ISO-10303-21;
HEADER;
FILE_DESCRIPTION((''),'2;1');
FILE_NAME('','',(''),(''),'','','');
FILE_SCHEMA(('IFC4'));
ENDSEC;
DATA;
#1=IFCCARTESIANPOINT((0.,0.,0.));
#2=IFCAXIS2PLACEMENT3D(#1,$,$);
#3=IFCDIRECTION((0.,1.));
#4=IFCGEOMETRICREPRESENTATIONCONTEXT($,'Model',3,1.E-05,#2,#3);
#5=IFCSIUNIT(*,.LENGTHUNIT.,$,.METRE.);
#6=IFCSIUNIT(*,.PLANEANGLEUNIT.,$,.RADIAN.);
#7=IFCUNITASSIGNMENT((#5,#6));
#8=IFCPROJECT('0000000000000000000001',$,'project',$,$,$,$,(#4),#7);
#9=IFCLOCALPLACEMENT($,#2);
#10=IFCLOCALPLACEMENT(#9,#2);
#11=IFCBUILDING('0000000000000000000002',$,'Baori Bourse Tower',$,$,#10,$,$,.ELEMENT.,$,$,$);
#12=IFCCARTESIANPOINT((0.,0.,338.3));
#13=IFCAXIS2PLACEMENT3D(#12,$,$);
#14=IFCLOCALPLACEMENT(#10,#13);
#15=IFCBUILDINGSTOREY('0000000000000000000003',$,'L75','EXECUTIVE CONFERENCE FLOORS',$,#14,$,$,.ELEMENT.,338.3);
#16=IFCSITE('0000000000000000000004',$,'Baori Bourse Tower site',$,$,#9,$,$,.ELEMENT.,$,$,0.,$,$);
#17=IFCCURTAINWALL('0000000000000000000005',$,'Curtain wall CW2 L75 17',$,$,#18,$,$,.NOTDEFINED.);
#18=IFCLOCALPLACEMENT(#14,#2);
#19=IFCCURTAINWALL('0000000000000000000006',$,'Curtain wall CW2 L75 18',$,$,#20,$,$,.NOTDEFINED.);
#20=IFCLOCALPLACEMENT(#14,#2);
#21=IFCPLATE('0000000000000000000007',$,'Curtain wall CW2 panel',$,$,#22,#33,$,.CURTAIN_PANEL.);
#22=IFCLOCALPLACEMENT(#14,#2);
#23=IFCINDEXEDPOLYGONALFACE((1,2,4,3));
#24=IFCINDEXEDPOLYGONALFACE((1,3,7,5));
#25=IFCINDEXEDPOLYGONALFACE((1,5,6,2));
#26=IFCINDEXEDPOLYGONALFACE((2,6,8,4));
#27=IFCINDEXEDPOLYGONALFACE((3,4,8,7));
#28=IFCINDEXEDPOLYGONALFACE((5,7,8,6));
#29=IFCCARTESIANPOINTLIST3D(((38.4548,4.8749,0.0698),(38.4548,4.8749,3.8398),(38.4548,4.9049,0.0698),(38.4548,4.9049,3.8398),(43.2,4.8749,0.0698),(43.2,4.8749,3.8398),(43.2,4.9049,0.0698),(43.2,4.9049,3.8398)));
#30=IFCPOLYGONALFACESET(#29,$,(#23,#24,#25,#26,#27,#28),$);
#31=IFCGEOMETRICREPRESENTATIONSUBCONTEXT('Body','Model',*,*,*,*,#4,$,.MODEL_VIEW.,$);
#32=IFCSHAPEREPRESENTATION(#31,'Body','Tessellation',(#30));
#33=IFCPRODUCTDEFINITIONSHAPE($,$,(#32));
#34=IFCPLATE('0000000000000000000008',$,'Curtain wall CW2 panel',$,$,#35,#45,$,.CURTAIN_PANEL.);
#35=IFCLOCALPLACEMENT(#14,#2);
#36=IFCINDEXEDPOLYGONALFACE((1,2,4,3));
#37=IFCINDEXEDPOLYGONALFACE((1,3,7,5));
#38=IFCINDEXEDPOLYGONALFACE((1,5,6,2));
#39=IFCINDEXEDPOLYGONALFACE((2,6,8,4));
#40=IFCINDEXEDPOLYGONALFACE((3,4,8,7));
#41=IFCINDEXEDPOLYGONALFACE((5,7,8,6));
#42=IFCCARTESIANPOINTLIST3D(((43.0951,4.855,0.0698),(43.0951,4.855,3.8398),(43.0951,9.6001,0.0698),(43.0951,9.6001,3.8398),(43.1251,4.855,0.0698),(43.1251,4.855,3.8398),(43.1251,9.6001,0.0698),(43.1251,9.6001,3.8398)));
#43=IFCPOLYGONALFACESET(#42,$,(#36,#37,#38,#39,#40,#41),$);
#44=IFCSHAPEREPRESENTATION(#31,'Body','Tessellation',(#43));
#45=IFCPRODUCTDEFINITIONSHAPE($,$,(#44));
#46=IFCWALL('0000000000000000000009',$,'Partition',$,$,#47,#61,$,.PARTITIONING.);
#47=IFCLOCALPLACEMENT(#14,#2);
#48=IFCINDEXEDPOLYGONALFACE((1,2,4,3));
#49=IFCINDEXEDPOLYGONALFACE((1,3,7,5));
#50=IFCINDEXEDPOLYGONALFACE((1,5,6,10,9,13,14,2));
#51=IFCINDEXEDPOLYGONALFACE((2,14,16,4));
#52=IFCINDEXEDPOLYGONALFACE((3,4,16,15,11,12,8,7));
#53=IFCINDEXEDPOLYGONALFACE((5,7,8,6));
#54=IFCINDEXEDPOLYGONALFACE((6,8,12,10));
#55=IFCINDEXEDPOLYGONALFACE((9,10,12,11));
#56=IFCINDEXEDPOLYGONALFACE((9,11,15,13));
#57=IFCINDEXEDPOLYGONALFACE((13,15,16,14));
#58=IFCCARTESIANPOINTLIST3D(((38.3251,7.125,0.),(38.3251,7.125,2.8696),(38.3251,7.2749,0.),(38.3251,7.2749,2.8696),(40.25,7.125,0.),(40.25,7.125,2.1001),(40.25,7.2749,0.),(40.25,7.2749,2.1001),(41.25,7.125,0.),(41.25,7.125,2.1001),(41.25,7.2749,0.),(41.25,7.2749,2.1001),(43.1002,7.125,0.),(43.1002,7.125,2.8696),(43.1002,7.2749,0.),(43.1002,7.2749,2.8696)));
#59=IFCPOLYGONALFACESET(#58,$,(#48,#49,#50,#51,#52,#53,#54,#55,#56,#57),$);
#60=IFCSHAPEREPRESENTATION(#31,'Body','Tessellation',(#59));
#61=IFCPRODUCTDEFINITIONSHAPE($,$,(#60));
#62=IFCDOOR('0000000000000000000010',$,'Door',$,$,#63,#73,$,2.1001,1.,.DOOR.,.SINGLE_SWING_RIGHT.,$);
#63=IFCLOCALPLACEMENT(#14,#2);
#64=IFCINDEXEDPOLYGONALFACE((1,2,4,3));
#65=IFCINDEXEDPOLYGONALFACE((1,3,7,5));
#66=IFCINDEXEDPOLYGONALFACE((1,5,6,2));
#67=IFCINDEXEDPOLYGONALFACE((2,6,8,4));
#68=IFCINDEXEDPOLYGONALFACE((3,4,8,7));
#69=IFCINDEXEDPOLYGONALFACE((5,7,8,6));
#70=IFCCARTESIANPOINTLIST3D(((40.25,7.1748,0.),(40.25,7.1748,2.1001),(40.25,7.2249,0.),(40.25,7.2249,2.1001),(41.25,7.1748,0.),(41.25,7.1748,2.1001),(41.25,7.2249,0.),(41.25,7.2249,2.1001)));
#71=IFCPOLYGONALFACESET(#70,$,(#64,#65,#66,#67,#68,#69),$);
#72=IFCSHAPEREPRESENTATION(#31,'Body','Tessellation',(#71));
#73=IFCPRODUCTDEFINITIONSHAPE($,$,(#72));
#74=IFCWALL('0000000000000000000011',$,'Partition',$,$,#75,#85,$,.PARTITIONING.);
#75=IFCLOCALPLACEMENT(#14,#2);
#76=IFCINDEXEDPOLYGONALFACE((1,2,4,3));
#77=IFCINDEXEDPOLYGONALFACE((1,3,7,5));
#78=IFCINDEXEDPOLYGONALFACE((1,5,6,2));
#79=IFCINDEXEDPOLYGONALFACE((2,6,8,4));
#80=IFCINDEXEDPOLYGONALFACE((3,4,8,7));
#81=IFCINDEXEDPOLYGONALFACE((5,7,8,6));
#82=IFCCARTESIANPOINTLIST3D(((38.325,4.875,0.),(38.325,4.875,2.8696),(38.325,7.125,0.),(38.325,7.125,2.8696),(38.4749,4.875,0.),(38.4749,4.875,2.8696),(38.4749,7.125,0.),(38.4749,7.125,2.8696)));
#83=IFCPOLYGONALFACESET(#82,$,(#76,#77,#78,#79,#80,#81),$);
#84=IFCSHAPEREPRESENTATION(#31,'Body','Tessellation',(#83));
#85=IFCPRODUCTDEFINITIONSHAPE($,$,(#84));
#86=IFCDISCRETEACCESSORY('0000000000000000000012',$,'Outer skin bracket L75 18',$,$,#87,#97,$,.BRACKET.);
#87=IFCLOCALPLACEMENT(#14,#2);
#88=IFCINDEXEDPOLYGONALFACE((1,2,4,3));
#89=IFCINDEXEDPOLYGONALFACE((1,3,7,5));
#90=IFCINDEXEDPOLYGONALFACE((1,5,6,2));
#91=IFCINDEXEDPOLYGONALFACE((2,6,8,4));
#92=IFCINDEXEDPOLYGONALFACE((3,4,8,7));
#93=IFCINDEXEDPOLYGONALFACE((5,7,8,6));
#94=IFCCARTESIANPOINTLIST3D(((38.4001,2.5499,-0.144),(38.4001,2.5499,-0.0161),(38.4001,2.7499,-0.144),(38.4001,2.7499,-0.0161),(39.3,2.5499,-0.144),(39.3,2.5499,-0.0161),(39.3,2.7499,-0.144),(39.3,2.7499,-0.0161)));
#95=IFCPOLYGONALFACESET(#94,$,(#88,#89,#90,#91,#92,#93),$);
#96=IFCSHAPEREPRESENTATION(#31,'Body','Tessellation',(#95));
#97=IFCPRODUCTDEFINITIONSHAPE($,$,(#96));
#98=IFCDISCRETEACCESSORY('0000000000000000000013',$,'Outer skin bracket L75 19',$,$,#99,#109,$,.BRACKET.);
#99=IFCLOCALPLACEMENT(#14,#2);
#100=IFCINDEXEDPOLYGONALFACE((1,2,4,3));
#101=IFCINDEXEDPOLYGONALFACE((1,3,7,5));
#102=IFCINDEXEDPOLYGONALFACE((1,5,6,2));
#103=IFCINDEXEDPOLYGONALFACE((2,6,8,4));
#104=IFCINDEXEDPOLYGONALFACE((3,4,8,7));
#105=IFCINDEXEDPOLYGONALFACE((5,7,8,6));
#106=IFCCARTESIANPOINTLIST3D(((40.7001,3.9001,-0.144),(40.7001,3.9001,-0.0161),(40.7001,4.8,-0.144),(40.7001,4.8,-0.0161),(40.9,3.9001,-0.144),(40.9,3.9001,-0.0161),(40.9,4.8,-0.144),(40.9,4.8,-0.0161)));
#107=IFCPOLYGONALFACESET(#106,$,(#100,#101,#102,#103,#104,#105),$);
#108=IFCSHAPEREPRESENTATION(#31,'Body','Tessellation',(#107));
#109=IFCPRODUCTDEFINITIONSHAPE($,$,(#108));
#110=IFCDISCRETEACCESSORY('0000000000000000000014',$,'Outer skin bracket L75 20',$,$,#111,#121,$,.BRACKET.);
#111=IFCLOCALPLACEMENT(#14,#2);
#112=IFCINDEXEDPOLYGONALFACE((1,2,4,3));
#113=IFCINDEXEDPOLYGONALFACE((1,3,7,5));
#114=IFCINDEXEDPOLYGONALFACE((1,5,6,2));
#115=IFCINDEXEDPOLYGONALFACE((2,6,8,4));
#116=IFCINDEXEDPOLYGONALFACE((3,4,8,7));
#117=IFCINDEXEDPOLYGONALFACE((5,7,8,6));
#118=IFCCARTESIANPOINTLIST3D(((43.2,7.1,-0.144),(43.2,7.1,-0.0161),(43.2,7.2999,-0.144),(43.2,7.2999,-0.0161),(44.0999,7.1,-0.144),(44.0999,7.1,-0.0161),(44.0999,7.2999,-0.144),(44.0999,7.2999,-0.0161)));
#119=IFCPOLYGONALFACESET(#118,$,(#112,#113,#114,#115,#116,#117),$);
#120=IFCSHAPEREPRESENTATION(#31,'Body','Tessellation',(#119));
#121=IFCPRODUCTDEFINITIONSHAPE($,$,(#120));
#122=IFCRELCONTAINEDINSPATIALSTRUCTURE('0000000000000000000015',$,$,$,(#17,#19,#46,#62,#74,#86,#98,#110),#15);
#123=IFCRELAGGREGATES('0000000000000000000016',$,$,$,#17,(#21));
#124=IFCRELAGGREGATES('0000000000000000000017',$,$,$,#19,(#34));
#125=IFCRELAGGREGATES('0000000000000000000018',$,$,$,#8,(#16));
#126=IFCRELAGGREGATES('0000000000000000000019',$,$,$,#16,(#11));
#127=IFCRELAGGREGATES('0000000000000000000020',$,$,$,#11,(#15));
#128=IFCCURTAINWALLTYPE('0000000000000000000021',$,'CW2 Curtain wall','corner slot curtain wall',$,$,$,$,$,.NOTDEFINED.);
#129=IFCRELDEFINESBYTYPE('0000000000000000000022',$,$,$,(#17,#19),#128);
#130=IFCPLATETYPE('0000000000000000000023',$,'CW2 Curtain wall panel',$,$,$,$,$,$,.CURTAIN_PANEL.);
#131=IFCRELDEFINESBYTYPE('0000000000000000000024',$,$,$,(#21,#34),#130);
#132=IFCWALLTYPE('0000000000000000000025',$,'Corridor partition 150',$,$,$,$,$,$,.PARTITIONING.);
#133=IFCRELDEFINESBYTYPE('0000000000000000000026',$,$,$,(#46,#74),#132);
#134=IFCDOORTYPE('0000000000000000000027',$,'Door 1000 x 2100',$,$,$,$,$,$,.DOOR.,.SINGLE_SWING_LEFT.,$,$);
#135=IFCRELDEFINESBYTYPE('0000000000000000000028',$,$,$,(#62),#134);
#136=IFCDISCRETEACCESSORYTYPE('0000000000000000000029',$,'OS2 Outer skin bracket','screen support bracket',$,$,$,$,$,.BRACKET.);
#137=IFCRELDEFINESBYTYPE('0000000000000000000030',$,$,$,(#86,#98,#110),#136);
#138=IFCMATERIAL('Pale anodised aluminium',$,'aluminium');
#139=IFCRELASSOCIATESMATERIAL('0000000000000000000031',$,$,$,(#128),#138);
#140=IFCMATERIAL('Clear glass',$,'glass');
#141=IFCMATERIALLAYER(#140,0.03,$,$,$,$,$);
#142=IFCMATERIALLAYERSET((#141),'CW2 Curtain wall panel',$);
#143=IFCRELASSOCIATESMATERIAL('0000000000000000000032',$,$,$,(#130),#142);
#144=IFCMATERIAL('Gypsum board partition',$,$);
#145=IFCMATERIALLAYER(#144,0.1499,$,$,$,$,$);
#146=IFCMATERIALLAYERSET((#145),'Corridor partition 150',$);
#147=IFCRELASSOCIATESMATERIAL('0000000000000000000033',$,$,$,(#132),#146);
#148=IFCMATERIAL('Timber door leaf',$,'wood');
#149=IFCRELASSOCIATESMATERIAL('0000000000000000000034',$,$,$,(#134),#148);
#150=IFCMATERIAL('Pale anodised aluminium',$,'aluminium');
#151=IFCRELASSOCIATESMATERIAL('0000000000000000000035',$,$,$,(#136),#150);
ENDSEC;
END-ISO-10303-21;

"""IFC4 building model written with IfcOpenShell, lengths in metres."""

from ifc_helpers import new_model, si_unit, direction, frame, frame_2d, origin, origin_2d, place, context, subcontext, project, spatial, rectangle, extrude, material, layer, layer_set, type_object, element, fill, aggregate, save


model = new_model("IFC4")

# Units and contexts
model_context = context("Model", 3, precision=1e-05, world=origin(), true_north=direction((0.0, 1.0)))
body_context = subcontext(model_context, "Body", "Model", "MODEL_VIEW")
ifc_project = project(units=[si_unit("LENGTHUNIT", "METRE"), si_unit("PLANEANGLEUNIT", "RADIAN")], contexts=[model_context])

# Site, building, storey
site_placement = place(None, origin())
site = spatial("IfcSite", under=ifc_project, at=site_placement, Name="Baori Bourse Tower site", CompositionType="ELEMENT", RefElevation=0.0)
building_placement = place(site_placement, origin())
building = spatial("IfcBuilding", under=site, at=building_placement, Name="Baori Bourse Tower", CompositionType="ELEMENT")
storey_placement = place(building_placement, frame((0.0, 0.0, 338.3)))
storey = spatial("IfcBuildingStorey", under=building, at=storey_placement, Name="L75", Description="EXECUTIVE CONFERENCE FLOORS", CompositionType="ELEMENT", Elevation=338.3)

# Curtain walls
ifc_material_1 = material(Name="Pale anodised aluminium", Category="aluminium")
curtain_wall_type = type_object("IfcCurtainWallType", Name="CW2 Curtain wall", Description="corner slot curtain wall", PredefinedType="NOTDEFINED", material=ifc_material_1)
curtain_wall_1_placement = place(storey_placement, origin())
curtain_wall_1 = element("IfcCurtainWall", 1, at=curtain_wall_1_placement, inside=storey, type_object=curtain_wall_type, Name="Curtain wall CW2 L75 17", PredefinedType="NOTDEFINED")
curtain_wall_2_placement = place(storey_placement, origin())
curtain_wall_2 = element("IfcCurtainWall", 2, at=curtain_wall_2_placement, inside=storey, type_object=curtain_wall_type, Name="Curtain wall CW2 L75 18", PredefinedType="NOTDEFINED")

# Plates
ifc_material_2 = material(Name="Clear glass", Category="glass")
ifc_layer_1 = layer(ifc_material_2, 0.03)
ifc_layer_set_1 = layer_set([ifc_layer_1], Name="CW2 Curtain wall panel")
plate_type = type_object("IfcPlateType", Name="CW2 Curtain wall panel", PredefinedType="CURTAIN_PANEL", material=ifc_layer_set_1)
plate_1_placement = place(storey_placement, frame((40.8274, 4.8899, 0.0698), z_axis=(0.0, 0.0, 1.0), x_axis=(1.0, 0.0, 0.0)))
plate_1 = element("IfcPlate", 3, at=plate_1_placement, type_object=plate_type, Name="Curtain wall CW2 panel", PredefinedType="CURTAIN_PANEL", context=body_context, shape_type="SweptSolid", body=[
    extrude(rectangle(XDim=4.7451, YDim=0.03, at=origin_2d()), origin(), (0.0, 0.0, 1.0), 3.77),
])
aggregate(curtain_wall_1, [plate_1])
plate_2_placement = place(storey_placement, frame((43.1101, 7.2275, 0.0698), z_axis=(0.0, 0.0, 1.0), x_axis=(0.0, 1.0, 0.0)))
plate_2 = element("IfcPlate", 4, at=plate_2_placement, type_object=plate_type, Name="Curtain wall CW2 panel", PredefinedType="CURTAIN_PANEL", context=body_context, shape_type="SweptSolid", body=[
    extrude(rectangle(XDim=4.7451, YDim=0.03, at=origin_2d()), origin(), (0.0, 0.0, 1.0), 3.77),
])
aggregate(curtain_wall_2, [plate_2])

# Wall, opening, door
ifc_material_3 = material(Name="Gypsum board partition")
ifc_layer_2 = layer(ifc_material_3, 0.1499)
ifc_layer_set_2 = layer_set([ifc_layer_2], Name="Corridor partition 150")
wall_type = type_object("IfcWallType", Name="Corridor partition 150", PredefinedType="PARTITIONING", material=ifc_layer_set_2)
wall_1_placement = place(storey_placement, frame((38.325, 7.2, 0.0), z_axis=(0.0, 0.0, 1.0), x_axis=(1.0, 0.0, 0.0)))
wall_1 = element("IfcWall", 5, at=wall_1_placement, inside=storey, type_object=wall_type, Name="Partition", PredefinedType="PARTITIONING", context=body_context, shape_type="SweptSolid", body=[
    extrude(rectangle(XDim=4.7751, YDim=0.1499, at=frame_2d((2.3877, 0.0))), origin(), (0.0, 0.0, 1.0), 2.8696),
])
opening_placement = place(wall_1_placement, frame((1.925, 0.0, 0.0)))
opening = element("IfcOpeningElement", 6, at=opening_placement, cuts=wall_1, PredefinedType="OPENING", context=body_context, shape_type="SweptSolid", body=[
    extrude(rectangle(XDim=1.0, YDim=2.1001, at=frame_2d((0.5, 1.05))), frame((0.0, 0.085, 0.0), z_axis=(0.0, -1.0, 0.0), x_axis=(1.0, 0.0, 0.0)), (0.0, 0.0, 1.0), 0.1699),
])
ifc_material_4 = material(Name="Timber door leaf", Category="wood")
door_type = type_object("IfcDoorType", Name="Door 1000 x 2100", OperationType="SINGLE_SWING_LEFT", PredefinedType="DOOR", material=ifc_material_4)
door_placement = place(opening_placement, origin())
door = element("IfcDoor", 7, at=door_placement, inside=storey, type_object=door_type, Name="Door", OperationType="SINGLE_SWING_RIGHT", OverallHeight=2.1001, OverallWidth=1.0, PredefinedType="DOOR", context=body_context, shape_type="SweptSolid", body=[
    extrude(rectangle(XDim=1.0, YDim=2.1001, at=frame_2d((0.5, 1.05))), frame((0.0, 0.0249, 0.0), z_axis=(0.0, -1.0, 0.0), x_axis=(1.0, 0.0, 0.0)), (0.0, 0.0, 1.0), 0.05),
])
fill(opening, door)

# Wall
wall_2_placement = place(storey_placement, frame((38.3999, 4.875, 0.0), z_axis=(0.0, 0.0, 1.0), x_axis=(0.0, 1.0, 0.0)))
element("IfcWall", 8, at=wall_2_placement, inside=storey, type_object=wall_type, Name="Partition", PredefinedType="PARTITIONING", context=body_context, shape_type="SweptSolid", body=[
    extrude(rectangle(XDim=2.25, YDim=0.1499, at=frame_2d((1.125, 0.0))), origin(), (0.0, 0.0, 1.0), 2.8696),
])

# Discrete accessories
ifc_material_5 = material(Name="Pale anodised aluminium", Category="aluminium")
discrete_accessory_type = type_object("IfcDiscreteAccessoryType", Name="OS2 Outer skin bracket", Description="screen support bracket", PredefinedType="BRACKET", material=ifc_material_5)
for number, where, z_axis, x_axis, name in (
    (9, (38.8501, 2.6499, -0.144), (0.0, 0.0, 1.0), (0.0, 1.0, 0.0), "Outer skin bracket L75 18"),
    (10, (40.8, 4.3501, -0.144), (0.0, 0.0, 1.0), (1.0, 0.0, 0.0), "Outer skin bracket L75 19"),
    (11, (43.6499, 7.2, -0.144), (0.0, 0.0, 1.0), (0.0, 1.0, 0.0), "Outer skin bracket L75 20"),
):
    element("IfcDiscreteAccessory", number, at=place(storey_placement, frame(where, z_axis=z_axis, x_axis=x_axis)), inside=storey, type_object=discrete_accessory_type, Name=name, PredefinedType="BRACKET", context=body_context, shape_type="SweptSolid", body=[
        extrude(rectangle(XDim=0.2, YDim=0.8999, at=origin_2d()), origin(), (0.0, 0.0, 1.0), 0.1279),
    ])

save(model, "model.ifc")
